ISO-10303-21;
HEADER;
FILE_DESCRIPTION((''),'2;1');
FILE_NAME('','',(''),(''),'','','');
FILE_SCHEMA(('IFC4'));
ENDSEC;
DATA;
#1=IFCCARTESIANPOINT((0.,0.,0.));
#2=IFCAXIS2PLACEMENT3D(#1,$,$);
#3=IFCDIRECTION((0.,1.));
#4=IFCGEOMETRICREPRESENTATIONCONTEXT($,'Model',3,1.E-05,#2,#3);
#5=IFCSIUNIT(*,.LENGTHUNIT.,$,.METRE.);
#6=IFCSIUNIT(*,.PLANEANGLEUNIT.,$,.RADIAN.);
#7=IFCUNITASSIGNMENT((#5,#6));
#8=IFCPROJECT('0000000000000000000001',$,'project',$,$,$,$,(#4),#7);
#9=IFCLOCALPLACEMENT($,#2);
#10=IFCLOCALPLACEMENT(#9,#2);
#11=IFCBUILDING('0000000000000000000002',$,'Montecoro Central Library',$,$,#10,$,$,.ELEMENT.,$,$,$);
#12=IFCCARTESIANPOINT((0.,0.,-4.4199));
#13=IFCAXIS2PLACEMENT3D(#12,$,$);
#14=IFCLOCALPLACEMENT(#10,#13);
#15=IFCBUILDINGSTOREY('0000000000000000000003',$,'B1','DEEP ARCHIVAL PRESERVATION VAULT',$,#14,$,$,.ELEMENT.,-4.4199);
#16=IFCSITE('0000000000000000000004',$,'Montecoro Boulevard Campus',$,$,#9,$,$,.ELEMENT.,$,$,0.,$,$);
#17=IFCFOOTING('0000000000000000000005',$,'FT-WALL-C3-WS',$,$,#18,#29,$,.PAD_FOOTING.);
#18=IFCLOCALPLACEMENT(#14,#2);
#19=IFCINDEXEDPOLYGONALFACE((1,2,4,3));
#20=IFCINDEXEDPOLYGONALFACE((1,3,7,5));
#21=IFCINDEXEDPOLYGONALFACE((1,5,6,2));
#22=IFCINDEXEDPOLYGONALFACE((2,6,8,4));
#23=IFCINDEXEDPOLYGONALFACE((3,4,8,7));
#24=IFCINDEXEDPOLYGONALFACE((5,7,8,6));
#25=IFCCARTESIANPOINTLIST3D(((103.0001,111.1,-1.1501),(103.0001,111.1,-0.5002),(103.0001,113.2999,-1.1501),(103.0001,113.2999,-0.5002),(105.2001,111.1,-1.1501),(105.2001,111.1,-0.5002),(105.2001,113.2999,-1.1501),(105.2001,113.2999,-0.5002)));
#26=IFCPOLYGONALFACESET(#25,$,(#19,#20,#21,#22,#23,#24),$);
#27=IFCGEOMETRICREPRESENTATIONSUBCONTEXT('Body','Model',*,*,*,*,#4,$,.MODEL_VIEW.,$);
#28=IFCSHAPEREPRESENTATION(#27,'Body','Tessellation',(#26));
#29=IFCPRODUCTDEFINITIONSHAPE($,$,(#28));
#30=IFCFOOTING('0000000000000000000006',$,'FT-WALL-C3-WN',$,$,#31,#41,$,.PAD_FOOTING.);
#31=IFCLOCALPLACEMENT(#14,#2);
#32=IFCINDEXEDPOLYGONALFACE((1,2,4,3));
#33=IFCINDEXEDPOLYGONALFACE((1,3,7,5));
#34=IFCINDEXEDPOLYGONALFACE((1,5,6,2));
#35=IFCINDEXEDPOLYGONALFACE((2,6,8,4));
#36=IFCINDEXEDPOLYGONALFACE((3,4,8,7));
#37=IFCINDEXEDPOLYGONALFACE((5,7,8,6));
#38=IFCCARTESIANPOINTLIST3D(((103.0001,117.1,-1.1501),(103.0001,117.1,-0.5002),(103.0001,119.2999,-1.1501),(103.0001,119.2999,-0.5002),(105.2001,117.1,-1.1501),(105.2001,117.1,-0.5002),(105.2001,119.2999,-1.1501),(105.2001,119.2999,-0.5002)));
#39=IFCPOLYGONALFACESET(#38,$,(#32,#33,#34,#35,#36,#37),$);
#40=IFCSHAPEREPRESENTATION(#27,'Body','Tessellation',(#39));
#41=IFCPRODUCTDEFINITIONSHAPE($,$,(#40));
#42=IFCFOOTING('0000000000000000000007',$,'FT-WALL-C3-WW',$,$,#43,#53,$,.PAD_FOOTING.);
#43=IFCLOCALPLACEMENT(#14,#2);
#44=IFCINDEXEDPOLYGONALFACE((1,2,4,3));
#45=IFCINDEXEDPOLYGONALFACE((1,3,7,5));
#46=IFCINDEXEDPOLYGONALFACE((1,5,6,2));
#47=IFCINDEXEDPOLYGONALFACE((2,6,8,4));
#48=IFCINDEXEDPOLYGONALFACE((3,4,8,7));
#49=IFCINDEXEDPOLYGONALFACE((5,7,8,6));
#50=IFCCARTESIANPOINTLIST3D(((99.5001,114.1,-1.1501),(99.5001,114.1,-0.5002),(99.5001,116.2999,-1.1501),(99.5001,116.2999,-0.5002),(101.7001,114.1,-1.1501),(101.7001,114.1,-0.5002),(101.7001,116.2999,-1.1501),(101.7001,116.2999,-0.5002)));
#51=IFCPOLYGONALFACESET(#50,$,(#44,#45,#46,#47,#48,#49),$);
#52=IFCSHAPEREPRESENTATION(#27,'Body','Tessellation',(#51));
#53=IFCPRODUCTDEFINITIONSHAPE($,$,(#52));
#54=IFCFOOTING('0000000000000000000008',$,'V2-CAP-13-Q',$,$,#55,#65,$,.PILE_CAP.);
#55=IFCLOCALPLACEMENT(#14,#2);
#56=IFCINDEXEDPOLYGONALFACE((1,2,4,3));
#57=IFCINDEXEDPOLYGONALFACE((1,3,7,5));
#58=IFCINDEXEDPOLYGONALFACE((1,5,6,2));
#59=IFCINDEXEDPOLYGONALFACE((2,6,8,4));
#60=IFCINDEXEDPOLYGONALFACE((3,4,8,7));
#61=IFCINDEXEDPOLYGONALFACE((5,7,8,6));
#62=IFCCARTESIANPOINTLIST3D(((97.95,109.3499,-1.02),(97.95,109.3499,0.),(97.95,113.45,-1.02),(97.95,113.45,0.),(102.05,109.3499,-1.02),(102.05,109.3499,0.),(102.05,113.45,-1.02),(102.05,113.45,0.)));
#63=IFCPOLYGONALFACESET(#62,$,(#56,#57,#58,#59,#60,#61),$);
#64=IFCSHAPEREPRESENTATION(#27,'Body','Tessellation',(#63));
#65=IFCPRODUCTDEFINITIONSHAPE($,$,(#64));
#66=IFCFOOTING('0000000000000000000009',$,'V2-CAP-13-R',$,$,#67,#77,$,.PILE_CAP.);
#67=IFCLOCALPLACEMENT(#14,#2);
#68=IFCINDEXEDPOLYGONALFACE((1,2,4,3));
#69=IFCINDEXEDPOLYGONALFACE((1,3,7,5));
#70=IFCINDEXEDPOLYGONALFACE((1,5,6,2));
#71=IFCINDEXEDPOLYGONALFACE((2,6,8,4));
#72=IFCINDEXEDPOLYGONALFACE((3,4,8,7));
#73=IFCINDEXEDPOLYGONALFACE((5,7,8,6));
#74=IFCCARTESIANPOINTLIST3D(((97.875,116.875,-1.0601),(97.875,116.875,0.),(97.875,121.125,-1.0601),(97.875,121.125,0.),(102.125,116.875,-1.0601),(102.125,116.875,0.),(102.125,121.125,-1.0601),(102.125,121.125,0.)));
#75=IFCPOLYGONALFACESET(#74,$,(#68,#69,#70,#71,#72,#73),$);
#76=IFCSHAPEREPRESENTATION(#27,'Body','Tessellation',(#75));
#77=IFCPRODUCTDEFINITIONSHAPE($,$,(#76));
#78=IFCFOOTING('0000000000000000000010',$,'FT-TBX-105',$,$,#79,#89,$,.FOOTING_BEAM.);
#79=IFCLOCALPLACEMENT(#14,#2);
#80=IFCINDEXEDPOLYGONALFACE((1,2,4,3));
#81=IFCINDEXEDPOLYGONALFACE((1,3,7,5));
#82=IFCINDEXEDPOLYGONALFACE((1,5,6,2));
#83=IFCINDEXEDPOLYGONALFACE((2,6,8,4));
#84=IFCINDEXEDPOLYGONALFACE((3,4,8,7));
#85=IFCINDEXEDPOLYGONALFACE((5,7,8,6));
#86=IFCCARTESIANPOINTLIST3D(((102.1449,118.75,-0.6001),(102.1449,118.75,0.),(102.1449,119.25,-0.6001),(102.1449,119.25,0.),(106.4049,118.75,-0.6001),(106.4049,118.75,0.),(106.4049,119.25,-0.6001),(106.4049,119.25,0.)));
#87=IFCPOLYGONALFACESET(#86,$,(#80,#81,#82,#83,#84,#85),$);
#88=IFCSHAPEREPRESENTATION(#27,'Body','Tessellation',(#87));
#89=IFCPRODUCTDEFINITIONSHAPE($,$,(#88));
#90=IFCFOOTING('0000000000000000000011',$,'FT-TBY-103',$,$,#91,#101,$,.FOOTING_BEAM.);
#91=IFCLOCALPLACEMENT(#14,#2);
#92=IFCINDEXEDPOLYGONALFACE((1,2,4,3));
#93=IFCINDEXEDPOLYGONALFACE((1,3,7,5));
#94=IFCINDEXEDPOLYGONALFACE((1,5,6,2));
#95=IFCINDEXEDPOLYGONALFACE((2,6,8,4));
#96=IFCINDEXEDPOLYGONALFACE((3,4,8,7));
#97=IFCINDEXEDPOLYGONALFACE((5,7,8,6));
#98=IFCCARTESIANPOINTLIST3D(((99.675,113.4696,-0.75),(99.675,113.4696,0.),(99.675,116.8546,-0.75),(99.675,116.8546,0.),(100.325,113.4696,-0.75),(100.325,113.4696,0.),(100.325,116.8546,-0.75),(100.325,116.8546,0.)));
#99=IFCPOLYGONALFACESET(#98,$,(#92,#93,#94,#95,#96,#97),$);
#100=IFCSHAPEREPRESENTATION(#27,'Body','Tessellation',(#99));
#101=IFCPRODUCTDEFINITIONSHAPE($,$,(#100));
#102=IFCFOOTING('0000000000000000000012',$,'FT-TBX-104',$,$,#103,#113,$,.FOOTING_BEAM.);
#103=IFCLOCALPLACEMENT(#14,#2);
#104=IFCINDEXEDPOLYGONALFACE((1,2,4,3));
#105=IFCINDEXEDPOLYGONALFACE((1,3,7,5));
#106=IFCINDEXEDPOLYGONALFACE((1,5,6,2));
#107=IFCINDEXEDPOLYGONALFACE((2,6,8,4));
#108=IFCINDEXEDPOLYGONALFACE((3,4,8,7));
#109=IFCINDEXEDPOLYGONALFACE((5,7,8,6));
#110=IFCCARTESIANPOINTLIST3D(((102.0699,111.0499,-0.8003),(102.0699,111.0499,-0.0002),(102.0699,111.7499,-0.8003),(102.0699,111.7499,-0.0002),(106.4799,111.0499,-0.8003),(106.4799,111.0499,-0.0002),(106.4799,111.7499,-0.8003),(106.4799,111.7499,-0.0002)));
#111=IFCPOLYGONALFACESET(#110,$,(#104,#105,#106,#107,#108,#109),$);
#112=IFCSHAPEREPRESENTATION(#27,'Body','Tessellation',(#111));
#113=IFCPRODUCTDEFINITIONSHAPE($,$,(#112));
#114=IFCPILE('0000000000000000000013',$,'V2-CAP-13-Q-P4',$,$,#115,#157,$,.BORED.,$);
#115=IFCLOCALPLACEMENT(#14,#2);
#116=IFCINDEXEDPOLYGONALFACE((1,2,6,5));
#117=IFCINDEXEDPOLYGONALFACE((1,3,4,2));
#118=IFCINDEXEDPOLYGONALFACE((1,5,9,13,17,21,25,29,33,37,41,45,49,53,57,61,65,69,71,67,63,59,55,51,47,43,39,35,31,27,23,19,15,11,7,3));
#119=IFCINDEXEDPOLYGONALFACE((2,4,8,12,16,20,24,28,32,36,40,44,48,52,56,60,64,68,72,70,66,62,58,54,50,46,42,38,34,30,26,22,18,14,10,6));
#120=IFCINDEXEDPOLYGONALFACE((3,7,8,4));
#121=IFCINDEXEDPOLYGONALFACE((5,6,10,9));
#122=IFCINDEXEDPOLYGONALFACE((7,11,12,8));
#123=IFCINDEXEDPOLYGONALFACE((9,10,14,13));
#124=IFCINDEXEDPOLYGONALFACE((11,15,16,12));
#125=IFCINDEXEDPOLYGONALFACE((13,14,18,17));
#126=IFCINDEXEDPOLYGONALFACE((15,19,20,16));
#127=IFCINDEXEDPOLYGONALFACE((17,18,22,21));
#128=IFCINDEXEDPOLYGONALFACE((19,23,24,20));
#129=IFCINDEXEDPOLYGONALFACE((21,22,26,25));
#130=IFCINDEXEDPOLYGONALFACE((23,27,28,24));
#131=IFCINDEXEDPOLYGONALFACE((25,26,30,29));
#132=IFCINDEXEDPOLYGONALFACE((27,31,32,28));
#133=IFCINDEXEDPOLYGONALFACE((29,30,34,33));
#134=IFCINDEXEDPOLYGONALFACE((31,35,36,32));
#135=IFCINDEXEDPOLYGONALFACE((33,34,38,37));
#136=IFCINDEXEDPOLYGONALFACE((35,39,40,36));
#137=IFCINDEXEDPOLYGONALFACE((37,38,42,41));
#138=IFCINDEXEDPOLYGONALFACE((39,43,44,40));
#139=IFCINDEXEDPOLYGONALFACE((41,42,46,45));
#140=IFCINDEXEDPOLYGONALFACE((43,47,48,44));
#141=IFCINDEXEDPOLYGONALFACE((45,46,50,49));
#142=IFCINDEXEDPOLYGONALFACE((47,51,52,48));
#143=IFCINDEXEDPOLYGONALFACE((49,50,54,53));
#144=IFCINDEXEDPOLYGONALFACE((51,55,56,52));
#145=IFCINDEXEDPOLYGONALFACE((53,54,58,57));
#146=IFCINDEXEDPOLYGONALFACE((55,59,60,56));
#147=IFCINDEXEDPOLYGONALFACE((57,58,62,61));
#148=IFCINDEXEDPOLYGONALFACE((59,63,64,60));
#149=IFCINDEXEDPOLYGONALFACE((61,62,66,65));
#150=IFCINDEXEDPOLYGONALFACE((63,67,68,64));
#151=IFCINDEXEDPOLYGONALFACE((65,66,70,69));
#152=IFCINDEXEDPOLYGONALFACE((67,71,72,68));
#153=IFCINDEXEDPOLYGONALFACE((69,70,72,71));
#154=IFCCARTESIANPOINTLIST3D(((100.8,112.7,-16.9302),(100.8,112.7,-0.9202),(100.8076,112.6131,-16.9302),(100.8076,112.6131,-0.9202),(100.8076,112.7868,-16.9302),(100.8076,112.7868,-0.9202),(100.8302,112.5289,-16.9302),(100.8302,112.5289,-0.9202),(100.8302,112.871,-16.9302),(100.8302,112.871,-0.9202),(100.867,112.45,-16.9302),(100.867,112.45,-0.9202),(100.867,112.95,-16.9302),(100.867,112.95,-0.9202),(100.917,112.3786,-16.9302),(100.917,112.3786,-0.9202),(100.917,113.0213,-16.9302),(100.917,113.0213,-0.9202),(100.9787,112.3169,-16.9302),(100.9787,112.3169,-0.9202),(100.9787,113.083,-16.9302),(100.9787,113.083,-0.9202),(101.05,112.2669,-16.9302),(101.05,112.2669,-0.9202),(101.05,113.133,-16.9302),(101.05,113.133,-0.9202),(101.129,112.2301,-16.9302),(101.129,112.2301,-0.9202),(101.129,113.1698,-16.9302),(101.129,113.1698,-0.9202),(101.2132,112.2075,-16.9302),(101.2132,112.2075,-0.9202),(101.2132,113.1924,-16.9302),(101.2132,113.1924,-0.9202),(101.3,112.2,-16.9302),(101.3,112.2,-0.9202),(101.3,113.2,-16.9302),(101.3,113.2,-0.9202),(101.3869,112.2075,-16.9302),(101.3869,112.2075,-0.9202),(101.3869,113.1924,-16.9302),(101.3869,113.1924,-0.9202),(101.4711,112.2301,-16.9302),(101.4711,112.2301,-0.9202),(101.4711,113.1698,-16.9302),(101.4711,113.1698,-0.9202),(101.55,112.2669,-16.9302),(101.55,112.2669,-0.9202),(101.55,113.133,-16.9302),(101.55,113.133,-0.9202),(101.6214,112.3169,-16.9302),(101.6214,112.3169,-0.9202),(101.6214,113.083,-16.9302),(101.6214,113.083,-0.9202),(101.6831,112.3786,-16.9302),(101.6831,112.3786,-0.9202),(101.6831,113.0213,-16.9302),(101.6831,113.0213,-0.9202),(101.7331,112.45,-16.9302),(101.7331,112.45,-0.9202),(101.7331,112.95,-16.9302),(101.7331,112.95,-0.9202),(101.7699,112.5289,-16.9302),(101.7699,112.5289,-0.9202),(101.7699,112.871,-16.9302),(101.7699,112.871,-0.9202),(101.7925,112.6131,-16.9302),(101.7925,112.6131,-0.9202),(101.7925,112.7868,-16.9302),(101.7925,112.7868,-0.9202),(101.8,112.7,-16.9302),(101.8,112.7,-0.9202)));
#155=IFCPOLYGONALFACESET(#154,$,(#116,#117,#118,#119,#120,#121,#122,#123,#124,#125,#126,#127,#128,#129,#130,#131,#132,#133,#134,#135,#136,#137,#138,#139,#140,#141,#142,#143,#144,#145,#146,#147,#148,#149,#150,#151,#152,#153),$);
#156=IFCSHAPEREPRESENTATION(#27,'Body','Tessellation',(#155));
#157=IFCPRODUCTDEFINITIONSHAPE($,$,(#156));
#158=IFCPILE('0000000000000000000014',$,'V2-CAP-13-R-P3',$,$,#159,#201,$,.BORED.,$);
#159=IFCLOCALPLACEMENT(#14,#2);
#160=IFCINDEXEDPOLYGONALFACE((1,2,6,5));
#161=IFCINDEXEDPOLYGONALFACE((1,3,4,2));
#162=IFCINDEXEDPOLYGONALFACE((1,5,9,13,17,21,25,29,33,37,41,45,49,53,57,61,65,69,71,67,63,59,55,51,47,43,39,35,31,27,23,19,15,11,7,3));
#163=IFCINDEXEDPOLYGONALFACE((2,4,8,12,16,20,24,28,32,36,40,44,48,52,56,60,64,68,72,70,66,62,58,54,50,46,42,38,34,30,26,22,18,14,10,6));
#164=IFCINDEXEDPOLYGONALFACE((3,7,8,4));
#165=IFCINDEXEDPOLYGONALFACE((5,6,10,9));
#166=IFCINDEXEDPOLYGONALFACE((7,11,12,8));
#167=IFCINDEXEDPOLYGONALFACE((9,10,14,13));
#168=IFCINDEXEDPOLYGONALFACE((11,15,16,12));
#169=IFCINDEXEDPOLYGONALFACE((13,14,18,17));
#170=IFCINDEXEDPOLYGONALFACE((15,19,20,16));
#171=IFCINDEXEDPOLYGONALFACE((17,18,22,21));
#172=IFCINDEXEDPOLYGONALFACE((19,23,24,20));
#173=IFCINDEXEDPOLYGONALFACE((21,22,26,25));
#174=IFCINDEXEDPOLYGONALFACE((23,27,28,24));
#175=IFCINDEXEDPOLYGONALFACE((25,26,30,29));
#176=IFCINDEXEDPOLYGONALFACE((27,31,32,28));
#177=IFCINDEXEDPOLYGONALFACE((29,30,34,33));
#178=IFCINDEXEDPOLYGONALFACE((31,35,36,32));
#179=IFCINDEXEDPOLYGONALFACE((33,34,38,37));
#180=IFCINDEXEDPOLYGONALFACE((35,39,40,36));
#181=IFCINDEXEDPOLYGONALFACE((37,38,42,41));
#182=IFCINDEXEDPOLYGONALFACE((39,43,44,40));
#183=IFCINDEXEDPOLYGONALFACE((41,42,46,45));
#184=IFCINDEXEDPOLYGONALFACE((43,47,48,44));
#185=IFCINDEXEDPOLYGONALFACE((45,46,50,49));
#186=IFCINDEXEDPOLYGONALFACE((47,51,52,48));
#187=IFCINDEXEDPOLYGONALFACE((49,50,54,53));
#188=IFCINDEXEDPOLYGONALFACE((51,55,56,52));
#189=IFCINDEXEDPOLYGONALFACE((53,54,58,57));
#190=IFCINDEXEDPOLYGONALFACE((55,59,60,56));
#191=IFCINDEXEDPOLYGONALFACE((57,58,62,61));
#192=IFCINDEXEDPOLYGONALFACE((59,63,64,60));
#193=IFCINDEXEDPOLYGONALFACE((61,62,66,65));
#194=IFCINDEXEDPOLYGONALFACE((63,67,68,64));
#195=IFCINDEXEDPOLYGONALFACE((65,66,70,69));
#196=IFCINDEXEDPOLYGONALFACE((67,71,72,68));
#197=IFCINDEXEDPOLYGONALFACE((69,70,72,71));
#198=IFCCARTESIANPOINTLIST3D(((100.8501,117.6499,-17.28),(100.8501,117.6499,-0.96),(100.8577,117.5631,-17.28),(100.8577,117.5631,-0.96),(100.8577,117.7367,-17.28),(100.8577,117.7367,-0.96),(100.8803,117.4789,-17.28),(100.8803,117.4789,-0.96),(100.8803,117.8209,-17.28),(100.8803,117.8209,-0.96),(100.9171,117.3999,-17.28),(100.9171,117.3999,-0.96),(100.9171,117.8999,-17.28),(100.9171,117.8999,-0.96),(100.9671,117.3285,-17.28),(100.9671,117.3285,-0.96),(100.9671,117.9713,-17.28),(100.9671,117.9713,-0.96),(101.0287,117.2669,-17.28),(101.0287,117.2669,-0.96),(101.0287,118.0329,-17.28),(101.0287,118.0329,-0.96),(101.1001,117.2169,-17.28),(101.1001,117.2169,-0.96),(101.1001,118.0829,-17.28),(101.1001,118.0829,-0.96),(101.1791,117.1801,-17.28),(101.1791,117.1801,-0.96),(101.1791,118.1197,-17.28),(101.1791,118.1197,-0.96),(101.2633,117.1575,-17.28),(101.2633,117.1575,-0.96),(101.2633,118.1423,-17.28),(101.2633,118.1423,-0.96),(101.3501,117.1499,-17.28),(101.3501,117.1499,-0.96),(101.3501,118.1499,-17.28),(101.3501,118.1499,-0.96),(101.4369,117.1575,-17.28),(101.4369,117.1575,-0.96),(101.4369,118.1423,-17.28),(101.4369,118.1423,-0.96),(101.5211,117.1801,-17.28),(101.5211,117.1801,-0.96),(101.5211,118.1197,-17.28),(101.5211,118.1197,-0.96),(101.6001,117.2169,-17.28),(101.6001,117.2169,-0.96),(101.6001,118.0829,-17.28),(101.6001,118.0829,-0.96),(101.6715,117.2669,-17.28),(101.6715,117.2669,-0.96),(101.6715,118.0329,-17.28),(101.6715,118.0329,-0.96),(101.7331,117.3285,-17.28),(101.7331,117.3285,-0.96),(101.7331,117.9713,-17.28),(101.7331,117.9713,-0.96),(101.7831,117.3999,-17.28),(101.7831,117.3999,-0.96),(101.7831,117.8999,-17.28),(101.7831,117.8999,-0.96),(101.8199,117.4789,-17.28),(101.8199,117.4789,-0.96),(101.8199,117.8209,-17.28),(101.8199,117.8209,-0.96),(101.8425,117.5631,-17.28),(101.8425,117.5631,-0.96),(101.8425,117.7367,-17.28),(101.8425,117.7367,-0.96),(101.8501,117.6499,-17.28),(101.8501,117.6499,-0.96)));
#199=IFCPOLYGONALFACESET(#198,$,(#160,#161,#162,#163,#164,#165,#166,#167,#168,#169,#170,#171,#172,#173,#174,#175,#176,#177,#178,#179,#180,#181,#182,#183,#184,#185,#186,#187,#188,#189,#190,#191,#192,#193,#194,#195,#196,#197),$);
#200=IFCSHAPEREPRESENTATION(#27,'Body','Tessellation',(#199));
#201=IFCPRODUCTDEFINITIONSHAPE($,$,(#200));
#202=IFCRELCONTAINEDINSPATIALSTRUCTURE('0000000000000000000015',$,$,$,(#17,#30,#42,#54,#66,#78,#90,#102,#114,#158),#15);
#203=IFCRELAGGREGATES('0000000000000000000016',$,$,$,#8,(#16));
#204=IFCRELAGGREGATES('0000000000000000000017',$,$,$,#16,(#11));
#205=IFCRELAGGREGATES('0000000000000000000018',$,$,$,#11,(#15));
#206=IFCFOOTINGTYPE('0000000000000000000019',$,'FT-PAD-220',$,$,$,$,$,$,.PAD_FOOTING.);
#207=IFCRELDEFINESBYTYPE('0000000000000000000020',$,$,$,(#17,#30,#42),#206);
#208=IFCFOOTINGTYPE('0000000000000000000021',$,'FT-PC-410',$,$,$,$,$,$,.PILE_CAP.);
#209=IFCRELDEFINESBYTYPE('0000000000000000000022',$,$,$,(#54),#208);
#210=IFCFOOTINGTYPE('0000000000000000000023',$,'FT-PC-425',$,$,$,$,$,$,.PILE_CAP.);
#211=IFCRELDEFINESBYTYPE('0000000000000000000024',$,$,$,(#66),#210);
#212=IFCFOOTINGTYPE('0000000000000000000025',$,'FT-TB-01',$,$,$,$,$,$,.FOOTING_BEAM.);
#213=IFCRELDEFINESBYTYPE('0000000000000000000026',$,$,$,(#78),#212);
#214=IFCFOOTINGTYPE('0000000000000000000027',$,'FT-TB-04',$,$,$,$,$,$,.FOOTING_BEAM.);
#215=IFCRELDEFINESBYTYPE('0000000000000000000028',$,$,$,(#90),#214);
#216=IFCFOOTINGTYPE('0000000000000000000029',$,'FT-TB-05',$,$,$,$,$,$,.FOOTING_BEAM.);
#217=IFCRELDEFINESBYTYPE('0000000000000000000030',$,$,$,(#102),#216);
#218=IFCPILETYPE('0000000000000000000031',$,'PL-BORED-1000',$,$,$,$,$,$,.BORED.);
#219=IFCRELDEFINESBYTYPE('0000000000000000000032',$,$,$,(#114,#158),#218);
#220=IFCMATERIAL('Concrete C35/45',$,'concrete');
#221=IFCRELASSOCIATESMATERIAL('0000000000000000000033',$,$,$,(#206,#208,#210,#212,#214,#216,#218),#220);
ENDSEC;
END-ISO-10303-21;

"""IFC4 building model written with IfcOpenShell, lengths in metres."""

from ifc_helpers import new_model, si_unit, direction, frame, origin, origin_2d, place, context, subcontext, project, spatial, rectangle, circle, extrude, material, material_profile, profile_set, type_object, element, save


model = new_model("IFC4")

# Units and contexts
model_context = context("Model", 3, precision=1e-05, world=origin(), true_north=direction((0.0, 1.0)))
body_context = subcontext(model_context, "Body", "Model", "MODEL_VIEW")
ifc_project = project(units=[si_unit("LENGTHUNIT", "METRE"), si_unit("PLANEANGLEUNIT", "RADIAN")], contexts=[model_context])

# Site, building, storey
site_placement = place(None, origin())
site = spatial("IfcSite", under=ifc_project, at=site_placement, Name="Montecoro Boulevard Campus", CompositionType="ELEMENT", RefElevation=0.0)
building_placement = place(site_placement, origin())
building = spatial("IfcBuilding", under=site, at=building_placement, Name="Montecoro Central Library", CompositionType="ELEMENT")
storey_placement = place(building_placement, frame((0.0, 0.0, -4.4199)))
storey = spatial("IfcBuildingStorey", under=building, at=storey_placement, Name="B1", Description="DEEP ARCHIVAL PRESERVATION VAULT", CompositionType="ELEMENT", Elevation=-4.4199)

# Footings
ifc_material_1 = material(Name="Concrete C35/45", Category="concrete")
footing_type_1 = type_object("IfcFootingType", Name="FT-PAD-220", PredefinedType="PAD_FOOTING", material=ifc_material_1)
for number, where, z_axis, x_axis, name in (
    (1, (104.1001, 112.2, -1.1501), (0.0, 0.0, 1.0), (1.0, 0.0, 0.0), "FT-WALL-C3-WS"),
    (2, (104.1001, 118.2, -1.1501), (0.0, 0.0, 1.0), (1.0, 0.0, 0.0), "FT-WALL-C3-WN"),
    (3, (100.6001, 115.2, -1.1501), (0.0, 0.0, 1.0), (1.0, 0.0, 0.0), "FT-WALL-C3-WW"),
):
    element("IfcFooting", number, at=place(storey_placement, frame(where, z_axis=z_axis, x_axis=x_axis)), inside=storey, type_object=footing_type_1, Name=name, PredefinedType="PAD_FOOTING", context=body_context, shape_type="SweptSolid", body=[
        extrude(rectangle(XDim=2.2, YDim=2.2, at=origin_2d()), origin(), (0.0, 0.0, 1.0), 0.6499),
    ])
footing_type_2 = type_object("IfcFootingType", Name="FT-PC-410", PredefinedType="PILE_CAP", material=ifc_material_1)
footing_1_placement = place(storey_placement, frame((100.0, 111.3999, -1.02), z_axis=(0.0, 0.0, 1.0), x_axis=(1.0, 0.0, 0.0)))
element("IfcFooting", 4, at=footing_1_placement, inside=storey, type_object=footing_type_2, Name="V2-CAP-13-Q", PredefinedType="PILE_CAP", context=body_context, shape_type="SweptSolid", body=[
    extrude(rectangle(XDim=4.1001, YDim=4.1001, at=origin_2d()), origin(), (0.0, 0.0, 1.0), 1.02),
])
footing_type_3 = type_object("IfcFootingType", Name="FT-PC-425", PredefinedType="PILE_CAP", material=ifc_material_1)
footing_2_placement = place(storey_placement, frame((100.0, 119.0, -1.0601), z_axis=(0.0, 0.0, 1.0), x_axis=(1.0, 0.0, 0.0)))
element("IfcFooting", 5, at=footing_2_placement, inside=storey, type_object=footing_type_3, Name="V2-CAP-13-R", PredefinedType="PILE_CAP", context=body_context, shape_type="SweptSolid", body=[
    extrude(rectangle(XDim=4.25, YDim=4.25, at=origin_2d()), origin(), (0.0, 0.0, 1.0), 1.0601),
])
footing_type_4 = type_object("IfcFootingType", Name="FT-TB-01", PredefinedType="FOOTING_BEAM", material=ifc_material_1)
footing_3_placement = place(storey_placement, frame((104.2749, 119.0, -0.6001), z_axis=(0.0, 0.0, 1.0), x_axis=(1.0, 0.0, 0.0)))
element("IfcFooting", 6, at=footing_3_placement, inside=storey, type_object=footing_type_4, Name="FT-TBX-105", PredefinedType="FOOTING_BEAM", context=body_context, shape_type="SweptSolid", body=[
    extrude(rectangle(XDim=4.26, YDim=0.5, at=origin_2d()), origin(), (0.0, 0.0, 1.0), 0.6001),
])
footing_type_5 = type_object("IfcFootingType", Name="FT-TB-04", PredefinedType="FOOTING_BEAM", material=ifc_material_1)
footing_4_placement = place(storey_placement, frame((100.0, 115.1621, -0.75), z_axis=(0.0, 0.0, 1.0), x_axis=(1.0, 0.0, 0.0)))
element("IfcFooting", 7, at=footing_4_placement, inside=storey, type_object=footing_type_5, Name="FT-TBY-103", PredefinedType="FOOTING_BEAM", context=body_context, shape_type="SweptSolid", body=[
    extrude(rectangle(XDim=0.6499, YDim=3.385, at=origin_2d()), origin(), (0.0, 0.0, 1.0), 0.75),
])
footing_type_6 = type_object("IfcFootingType", Name="FT-TB-05", PredefinedType="FOOTING_BEAM", material=ifc_material_1)
footing_5_placement = place(storey_placement, frame((104.2749, 111.3999, -0.8003), z_axis=(0.0, 0.0, 1.0), x_axis=(1.0, 0.0, 0.0)))
element("IfcFooting", 8, at=footing_5_placement, inside=storey, type_object=footing_type_6, Name="FT-TBX-104", PredefinedType="FOOTING_BEAM", context=body_context, shape_type="SweptSolid", body=[
    extrude(rectangle(XDim=4.4099, YDim=0.7, at=origin_2d()), origin(), (0.0, 0.0, 1.0), 0.8),
])

# Piles
ifc_material_profile_1 = material_profile(ifc_material_1, circle(Radius=0.5, at=origin_2d()), Name="PILE D1000")
ifc_profile_set_1 = profile_set([ifc_material_profile_1], Name="Concrete C35/45")
pile_type_1 = type_object("IfcPileType", Name="PL-BORED-1000", PredefinedType="BORED", material=ifc_profile_set_1)
pile_placement = place(storey_placement, frame((101.3, 112.7, -0.9202), z_axis=(0.0, 0.0, -1.0), x_axis=(1.0, 0.0, 0.0)))
element("IfcPile", 9, at=pile_placement, inside=storey, type_object=pile_type_1, Name="V2-CAP-13-Q-P4", PredefinedType="BORED", context=body_context, shape_type="SweptSolid", body=[
    extrude(circle(Radius=0.5, at=origin_2d()), origin(), (0.0, 0.0, 1.0), 16.01),
])
for number, where, z_axis, x_axis, name in (
    (10, (101.3501, 117.6499, -0.96), (0.0, 0.0, -1.0), (1.0, 0.0, 0.0), "V2-CAP-13-R-P3"),
):
    element("IfcPile", number, at=place(storey_placement, frame(where, z_axis=z_axis, x_axis=x_axis)), inside=storey, type_object=pile_type_1, Name=name, PredefinedType="BORED", context=body_context, shape_type="SweptSolid", body=[
        extrude(circle(Radius=0.5, at=origin_2d()), origin(), (0.0, 0.0, 1.0), 16.3201),
    ])

save(model, "model.ifc")
